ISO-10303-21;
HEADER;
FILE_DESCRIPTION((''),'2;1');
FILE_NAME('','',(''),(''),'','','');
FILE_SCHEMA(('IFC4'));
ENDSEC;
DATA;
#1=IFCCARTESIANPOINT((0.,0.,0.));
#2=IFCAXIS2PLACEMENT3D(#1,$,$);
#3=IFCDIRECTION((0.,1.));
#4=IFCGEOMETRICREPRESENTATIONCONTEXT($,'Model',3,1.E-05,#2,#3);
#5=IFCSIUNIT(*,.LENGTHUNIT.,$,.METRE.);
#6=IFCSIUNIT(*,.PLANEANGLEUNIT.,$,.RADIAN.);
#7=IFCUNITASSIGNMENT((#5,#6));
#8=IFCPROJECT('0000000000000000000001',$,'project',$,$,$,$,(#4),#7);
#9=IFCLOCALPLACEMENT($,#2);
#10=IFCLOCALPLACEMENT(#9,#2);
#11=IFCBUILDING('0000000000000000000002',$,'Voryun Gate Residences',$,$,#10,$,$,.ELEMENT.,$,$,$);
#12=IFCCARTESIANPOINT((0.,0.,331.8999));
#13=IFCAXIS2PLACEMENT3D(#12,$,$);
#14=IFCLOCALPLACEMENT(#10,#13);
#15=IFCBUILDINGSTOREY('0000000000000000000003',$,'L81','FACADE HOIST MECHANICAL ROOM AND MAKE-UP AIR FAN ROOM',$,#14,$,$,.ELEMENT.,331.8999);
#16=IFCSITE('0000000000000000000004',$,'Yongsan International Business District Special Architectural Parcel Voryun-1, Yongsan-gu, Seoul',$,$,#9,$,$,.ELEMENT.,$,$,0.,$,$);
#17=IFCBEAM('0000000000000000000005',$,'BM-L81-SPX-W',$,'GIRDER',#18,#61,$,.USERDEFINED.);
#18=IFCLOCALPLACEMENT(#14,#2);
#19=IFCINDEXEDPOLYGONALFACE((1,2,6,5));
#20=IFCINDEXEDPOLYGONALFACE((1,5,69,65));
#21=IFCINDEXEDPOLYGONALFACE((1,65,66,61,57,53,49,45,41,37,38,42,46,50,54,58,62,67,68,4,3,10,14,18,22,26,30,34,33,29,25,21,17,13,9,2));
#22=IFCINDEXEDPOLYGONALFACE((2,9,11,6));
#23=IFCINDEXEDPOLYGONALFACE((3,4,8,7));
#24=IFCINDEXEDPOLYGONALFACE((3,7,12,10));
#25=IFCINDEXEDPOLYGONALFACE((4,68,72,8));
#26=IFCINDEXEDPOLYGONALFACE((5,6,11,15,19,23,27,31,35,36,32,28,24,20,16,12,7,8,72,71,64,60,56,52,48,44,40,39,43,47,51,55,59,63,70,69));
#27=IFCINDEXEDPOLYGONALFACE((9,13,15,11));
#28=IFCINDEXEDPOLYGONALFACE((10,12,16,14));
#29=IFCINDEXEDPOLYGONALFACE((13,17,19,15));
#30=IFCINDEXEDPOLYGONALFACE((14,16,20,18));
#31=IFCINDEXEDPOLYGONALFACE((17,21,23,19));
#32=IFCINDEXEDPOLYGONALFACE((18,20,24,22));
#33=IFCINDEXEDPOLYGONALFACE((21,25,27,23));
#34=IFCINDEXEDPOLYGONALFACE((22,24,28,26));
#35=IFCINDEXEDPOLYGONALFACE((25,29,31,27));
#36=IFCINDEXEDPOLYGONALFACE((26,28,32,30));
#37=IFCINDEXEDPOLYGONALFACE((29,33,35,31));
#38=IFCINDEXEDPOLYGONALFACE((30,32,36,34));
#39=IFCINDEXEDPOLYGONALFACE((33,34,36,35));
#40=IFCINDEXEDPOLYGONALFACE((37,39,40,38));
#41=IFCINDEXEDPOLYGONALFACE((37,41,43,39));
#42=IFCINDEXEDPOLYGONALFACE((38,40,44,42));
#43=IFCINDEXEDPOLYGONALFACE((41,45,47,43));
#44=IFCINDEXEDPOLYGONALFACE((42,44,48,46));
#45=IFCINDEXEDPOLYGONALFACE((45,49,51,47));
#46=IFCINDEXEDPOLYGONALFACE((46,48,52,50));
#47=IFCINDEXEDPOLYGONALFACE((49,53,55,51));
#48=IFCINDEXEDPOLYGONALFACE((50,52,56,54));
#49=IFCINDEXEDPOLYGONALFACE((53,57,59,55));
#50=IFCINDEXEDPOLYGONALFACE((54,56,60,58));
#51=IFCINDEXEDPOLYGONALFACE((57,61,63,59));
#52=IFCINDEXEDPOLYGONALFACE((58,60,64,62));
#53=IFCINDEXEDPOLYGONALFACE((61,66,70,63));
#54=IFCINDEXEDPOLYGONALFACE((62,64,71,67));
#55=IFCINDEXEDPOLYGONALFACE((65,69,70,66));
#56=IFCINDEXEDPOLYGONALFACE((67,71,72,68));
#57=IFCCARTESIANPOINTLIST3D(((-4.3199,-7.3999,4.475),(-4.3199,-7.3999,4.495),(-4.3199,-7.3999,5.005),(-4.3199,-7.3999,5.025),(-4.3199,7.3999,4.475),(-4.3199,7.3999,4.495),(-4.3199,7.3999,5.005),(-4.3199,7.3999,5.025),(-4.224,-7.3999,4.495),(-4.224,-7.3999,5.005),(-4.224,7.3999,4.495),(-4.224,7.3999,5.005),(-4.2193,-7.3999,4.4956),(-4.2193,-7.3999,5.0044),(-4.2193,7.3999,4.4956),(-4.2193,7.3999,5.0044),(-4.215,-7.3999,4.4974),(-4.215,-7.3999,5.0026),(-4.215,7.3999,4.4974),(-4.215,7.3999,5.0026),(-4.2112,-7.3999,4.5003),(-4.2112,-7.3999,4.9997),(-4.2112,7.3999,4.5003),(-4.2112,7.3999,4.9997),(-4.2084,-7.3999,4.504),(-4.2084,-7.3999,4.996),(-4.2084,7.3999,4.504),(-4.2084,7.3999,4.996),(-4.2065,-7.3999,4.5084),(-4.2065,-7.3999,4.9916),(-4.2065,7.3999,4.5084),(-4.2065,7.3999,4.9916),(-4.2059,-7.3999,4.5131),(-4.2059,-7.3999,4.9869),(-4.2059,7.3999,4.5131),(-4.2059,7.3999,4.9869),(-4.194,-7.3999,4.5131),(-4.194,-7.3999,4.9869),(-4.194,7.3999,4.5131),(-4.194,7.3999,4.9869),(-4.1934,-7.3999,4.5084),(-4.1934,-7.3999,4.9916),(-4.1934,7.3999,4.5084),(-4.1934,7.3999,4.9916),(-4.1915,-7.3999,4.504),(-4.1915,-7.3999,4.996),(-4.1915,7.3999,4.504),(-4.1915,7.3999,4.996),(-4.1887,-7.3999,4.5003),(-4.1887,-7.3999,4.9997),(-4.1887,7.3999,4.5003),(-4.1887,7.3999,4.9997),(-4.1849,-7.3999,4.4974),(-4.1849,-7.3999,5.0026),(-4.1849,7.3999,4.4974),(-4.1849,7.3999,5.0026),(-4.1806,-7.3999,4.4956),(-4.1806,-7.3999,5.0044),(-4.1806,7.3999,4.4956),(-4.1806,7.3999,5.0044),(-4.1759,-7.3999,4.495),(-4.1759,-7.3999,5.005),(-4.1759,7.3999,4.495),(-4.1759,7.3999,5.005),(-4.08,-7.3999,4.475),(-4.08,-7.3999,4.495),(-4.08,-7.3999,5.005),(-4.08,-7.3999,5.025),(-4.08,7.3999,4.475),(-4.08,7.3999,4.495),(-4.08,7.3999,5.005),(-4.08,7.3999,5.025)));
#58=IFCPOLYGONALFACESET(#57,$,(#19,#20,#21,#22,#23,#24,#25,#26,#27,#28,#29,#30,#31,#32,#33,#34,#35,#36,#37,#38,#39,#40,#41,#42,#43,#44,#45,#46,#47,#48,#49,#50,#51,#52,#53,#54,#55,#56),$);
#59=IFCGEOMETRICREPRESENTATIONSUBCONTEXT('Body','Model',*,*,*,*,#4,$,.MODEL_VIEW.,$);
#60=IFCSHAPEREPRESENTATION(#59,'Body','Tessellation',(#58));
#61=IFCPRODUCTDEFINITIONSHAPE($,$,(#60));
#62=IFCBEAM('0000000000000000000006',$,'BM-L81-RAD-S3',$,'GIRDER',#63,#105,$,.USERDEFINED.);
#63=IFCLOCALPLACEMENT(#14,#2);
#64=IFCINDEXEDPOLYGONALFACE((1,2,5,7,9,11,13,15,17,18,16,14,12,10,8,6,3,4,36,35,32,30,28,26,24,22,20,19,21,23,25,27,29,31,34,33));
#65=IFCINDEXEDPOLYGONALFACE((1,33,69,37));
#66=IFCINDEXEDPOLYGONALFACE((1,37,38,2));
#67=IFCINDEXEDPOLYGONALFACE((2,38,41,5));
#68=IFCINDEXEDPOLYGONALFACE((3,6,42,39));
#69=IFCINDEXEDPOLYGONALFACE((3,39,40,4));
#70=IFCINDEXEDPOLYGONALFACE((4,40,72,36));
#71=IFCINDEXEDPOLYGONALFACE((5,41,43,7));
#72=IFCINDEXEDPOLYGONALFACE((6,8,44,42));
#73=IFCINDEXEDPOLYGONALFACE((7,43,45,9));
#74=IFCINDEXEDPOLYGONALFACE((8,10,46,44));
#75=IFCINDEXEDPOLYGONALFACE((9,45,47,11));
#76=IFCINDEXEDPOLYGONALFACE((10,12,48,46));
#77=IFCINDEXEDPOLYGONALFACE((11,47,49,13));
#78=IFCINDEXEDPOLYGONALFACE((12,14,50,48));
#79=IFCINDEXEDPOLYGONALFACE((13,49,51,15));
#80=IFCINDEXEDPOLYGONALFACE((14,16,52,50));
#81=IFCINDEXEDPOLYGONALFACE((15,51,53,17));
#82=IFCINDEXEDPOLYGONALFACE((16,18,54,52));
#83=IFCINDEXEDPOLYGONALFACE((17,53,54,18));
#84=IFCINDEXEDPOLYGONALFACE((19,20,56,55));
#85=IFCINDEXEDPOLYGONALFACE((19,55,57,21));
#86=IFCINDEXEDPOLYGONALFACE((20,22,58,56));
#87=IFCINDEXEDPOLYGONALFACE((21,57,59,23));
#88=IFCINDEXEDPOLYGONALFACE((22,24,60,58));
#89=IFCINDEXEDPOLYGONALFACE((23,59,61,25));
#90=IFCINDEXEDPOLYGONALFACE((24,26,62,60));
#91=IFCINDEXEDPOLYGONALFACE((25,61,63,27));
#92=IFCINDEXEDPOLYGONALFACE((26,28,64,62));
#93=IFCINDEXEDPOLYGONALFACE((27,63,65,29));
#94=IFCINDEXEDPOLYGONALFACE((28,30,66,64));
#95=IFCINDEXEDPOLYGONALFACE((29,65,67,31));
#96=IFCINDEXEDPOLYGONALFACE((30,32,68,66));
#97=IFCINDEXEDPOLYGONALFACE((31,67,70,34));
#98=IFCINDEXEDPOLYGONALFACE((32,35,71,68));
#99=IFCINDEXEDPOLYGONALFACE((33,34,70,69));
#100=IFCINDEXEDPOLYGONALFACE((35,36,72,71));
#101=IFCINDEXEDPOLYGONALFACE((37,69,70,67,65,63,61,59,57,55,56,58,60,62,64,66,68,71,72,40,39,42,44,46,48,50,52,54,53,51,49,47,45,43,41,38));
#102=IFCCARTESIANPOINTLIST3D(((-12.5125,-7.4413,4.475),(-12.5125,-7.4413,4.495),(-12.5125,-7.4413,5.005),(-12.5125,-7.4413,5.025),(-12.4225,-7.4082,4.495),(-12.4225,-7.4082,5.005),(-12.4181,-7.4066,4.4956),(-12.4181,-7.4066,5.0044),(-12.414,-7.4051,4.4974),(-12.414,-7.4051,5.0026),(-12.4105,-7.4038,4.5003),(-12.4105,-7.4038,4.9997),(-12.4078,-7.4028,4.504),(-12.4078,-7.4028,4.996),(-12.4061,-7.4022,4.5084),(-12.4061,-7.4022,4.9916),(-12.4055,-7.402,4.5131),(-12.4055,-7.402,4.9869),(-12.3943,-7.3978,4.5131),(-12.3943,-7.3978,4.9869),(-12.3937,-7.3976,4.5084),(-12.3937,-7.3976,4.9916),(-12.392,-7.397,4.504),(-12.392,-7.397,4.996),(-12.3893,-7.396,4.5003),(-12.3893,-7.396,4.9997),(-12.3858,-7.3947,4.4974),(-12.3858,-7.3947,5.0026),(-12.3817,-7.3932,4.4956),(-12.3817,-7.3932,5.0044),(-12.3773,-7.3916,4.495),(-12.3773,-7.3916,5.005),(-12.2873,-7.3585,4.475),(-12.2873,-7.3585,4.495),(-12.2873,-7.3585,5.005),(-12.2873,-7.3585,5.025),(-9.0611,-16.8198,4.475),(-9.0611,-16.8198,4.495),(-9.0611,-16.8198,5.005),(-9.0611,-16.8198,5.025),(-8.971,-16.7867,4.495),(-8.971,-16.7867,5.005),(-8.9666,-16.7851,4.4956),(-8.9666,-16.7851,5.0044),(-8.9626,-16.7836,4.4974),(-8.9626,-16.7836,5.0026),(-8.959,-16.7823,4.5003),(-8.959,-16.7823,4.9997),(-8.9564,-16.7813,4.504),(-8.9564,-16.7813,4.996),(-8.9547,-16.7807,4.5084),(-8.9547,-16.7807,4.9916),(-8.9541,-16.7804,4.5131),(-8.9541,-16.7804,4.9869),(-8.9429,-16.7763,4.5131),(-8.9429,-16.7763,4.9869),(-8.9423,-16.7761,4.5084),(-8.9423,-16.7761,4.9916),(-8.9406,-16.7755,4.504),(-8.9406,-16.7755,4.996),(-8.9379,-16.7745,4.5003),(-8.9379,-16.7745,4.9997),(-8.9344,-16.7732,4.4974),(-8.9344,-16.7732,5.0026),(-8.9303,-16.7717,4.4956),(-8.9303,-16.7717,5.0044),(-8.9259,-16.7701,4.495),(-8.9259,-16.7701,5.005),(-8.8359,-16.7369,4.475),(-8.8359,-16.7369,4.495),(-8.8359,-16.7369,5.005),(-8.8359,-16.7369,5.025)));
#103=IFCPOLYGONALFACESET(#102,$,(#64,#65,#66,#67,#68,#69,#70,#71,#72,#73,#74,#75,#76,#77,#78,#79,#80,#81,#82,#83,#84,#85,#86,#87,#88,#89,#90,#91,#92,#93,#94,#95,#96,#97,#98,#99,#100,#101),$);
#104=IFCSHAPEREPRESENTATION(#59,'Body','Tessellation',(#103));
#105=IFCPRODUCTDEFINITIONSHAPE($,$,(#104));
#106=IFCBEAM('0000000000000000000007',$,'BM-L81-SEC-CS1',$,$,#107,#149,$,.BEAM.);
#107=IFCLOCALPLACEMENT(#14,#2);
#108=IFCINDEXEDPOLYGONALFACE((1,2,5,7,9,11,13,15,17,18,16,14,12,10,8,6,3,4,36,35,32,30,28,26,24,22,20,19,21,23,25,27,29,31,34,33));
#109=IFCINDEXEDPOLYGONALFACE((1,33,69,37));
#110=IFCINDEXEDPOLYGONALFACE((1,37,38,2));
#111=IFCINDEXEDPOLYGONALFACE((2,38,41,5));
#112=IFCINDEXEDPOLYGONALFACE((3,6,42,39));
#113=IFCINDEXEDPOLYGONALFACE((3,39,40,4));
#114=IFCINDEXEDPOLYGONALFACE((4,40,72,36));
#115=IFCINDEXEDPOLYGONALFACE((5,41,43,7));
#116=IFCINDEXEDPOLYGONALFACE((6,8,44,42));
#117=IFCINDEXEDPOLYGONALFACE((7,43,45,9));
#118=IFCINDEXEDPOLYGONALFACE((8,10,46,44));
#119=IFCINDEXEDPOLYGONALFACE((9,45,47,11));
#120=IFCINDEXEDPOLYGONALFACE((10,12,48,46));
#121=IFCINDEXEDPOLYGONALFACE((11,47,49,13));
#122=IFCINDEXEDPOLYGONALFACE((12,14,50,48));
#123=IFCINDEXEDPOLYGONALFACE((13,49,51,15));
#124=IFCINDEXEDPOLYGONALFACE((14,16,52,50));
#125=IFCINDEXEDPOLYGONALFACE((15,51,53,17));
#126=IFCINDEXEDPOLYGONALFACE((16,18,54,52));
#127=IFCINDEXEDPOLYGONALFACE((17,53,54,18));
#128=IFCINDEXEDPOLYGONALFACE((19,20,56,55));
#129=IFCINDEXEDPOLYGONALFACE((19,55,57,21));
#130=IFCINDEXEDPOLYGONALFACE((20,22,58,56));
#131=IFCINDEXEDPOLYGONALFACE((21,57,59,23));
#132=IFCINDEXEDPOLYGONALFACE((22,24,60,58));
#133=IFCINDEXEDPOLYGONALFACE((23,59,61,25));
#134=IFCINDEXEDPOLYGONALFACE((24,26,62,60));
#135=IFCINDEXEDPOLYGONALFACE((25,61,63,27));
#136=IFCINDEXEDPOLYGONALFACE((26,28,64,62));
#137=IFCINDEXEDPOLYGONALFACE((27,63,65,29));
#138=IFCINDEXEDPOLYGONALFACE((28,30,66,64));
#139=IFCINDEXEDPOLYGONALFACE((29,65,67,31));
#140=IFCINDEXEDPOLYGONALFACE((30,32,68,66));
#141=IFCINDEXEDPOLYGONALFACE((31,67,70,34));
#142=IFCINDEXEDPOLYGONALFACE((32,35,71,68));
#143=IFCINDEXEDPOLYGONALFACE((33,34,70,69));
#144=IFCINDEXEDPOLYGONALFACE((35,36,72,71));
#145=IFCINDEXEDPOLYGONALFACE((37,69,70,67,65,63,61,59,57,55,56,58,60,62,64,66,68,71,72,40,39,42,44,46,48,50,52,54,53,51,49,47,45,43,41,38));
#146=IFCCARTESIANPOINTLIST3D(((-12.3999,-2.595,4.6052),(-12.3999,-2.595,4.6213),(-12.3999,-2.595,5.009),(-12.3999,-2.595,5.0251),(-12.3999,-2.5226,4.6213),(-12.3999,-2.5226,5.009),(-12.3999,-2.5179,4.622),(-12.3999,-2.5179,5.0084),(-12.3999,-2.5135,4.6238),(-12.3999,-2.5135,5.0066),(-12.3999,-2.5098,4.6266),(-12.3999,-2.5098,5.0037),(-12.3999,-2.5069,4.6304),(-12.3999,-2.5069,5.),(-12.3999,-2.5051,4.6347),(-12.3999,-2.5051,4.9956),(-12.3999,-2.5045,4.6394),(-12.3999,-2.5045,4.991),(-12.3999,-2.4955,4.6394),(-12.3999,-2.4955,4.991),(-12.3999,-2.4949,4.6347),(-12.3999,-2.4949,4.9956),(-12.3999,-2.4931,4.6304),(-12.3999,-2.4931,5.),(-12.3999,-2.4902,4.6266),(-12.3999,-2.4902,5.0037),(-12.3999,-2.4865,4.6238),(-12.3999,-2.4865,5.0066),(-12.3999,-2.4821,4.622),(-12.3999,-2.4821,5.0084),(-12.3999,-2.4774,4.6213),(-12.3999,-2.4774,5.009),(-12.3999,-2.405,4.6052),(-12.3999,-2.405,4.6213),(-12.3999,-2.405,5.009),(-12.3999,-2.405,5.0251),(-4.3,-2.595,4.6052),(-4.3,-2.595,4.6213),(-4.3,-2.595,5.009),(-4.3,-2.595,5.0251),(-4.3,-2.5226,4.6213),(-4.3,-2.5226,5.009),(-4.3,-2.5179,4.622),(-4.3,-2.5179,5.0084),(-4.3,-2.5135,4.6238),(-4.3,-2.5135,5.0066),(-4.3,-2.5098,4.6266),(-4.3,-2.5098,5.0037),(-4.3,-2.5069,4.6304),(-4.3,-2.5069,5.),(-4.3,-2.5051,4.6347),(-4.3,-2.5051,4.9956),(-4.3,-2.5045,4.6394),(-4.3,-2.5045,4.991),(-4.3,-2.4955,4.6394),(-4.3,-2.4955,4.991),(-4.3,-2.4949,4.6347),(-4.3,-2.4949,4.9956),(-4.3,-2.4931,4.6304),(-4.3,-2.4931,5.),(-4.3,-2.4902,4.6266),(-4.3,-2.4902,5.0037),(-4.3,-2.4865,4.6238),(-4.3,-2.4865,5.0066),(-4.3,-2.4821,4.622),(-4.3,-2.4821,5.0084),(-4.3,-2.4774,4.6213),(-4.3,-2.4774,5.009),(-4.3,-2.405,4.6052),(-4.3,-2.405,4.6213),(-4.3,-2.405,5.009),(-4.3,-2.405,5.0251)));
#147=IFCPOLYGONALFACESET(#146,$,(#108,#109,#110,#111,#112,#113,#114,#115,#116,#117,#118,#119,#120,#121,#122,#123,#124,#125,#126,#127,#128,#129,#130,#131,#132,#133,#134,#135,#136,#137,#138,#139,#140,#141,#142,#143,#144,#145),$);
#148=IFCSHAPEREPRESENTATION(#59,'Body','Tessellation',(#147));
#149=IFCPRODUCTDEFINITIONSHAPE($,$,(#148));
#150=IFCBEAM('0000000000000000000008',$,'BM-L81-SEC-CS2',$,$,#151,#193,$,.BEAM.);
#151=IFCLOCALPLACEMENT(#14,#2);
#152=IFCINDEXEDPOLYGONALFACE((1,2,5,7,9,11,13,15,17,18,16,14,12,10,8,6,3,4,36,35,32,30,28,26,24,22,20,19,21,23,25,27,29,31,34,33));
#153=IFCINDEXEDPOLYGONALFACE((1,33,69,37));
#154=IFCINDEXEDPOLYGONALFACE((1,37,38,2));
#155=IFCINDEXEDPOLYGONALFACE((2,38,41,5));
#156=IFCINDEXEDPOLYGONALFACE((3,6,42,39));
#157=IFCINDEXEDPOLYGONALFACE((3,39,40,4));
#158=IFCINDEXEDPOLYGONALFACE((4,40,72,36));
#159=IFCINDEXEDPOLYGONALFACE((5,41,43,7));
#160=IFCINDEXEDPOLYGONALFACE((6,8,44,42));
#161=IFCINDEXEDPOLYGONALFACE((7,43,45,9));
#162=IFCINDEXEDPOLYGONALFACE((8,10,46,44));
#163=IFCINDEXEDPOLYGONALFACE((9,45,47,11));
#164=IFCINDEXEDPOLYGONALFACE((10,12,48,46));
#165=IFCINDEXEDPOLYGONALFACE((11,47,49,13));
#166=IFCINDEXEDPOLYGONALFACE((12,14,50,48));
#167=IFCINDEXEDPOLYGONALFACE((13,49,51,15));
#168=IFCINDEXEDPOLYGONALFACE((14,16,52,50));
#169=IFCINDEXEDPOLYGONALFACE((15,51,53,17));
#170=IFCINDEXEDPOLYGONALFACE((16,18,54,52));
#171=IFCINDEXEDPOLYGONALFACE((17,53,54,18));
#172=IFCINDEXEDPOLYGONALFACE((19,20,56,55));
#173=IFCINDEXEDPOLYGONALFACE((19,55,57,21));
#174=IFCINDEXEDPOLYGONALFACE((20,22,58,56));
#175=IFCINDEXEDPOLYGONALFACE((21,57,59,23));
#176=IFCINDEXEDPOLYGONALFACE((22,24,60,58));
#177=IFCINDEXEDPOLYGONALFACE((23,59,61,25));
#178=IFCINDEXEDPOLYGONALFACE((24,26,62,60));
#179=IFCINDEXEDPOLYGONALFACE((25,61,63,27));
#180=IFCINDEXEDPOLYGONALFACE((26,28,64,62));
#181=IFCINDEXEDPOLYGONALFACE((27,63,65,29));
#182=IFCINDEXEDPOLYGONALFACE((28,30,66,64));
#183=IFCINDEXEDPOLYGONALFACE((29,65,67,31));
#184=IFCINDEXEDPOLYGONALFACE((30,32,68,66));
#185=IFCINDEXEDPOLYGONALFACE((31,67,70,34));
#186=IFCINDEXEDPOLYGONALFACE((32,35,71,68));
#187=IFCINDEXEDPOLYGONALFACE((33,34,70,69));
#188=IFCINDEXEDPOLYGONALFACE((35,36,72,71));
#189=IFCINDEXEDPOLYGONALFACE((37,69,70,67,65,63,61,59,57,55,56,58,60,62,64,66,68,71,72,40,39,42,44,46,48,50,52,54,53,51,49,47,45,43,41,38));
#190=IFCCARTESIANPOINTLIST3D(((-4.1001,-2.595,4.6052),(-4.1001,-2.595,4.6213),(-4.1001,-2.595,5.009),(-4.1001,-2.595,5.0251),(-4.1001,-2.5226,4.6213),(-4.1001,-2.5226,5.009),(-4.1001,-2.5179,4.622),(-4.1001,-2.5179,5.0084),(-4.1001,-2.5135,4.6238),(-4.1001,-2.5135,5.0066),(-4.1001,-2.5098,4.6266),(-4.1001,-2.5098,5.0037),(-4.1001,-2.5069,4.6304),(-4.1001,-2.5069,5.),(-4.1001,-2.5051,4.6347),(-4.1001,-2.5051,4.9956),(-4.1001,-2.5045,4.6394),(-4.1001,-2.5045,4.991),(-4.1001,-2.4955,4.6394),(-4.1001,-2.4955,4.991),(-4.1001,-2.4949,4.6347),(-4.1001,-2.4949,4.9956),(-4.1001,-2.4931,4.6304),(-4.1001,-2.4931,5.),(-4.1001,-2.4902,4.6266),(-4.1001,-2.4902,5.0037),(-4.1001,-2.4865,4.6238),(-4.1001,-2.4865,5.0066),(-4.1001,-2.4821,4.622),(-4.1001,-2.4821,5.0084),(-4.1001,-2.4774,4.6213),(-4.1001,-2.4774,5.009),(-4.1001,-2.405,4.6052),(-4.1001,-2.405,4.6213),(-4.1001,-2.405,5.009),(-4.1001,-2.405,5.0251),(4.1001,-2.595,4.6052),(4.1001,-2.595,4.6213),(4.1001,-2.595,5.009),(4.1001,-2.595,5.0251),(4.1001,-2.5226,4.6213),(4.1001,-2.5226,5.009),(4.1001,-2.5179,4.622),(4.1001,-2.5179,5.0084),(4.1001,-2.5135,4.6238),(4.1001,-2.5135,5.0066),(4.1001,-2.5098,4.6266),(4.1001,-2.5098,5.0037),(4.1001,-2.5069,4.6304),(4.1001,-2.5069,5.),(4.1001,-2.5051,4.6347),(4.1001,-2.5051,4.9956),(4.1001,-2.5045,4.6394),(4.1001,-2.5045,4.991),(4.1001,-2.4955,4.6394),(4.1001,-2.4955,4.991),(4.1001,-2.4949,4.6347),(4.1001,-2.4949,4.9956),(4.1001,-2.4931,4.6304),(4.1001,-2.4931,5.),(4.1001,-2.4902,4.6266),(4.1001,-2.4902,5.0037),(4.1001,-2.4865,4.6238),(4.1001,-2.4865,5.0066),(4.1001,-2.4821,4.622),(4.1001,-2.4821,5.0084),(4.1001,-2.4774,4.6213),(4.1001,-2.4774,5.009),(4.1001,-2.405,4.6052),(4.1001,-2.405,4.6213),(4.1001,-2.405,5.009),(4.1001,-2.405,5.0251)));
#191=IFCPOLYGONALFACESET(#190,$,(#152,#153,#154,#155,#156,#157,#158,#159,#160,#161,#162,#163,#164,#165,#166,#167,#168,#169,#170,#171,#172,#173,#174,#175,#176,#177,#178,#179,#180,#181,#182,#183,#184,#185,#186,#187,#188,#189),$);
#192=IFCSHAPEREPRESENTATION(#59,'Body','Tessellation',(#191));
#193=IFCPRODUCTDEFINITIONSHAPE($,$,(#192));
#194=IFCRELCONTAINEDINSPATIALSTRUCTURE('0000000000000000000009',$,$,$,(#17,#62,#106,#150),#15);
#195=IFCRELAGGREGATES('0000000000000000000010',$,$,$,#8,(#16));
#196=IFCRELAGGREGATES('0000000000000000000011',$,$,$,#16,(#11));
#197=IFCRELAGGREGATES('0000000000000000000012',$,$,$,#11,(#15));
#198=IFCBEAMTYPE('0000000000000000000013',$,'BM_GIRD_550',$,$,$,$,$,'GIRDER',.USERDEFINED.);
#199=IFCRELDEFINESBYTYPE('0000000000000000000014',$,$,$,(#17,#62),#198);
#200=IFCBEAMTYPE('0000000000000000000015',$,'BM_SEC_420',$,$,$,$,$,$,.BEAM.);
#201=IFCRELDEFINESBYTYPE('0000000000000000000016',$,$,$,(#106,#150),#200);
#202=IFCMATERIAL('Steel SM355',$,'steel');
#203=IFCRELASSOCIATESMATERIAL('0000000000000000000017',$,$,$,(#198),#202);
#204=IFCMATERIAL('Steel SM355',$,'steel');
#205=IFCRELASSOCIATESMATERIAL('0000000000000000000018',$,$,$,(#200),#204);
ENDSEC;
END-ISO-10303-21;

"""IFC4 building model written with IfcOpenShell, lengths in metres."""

from ifc_helpers import new_model, si_unit, direction, frame, origin, origin_2d, place, context, subcontext, project, spatial, i_section, extrude, material, material_profile, profile_set, type_object, element, save


model = new_model("IFC4")

# Units and contexts
model_context = context("Model", 3, precision=1e-05, world=origin(), true_north=direction((0.0, 1.0)))
body_context = subcontext(model_context, "Body", "Model", "MODEL_VIEW")
ifc_project = project(units=[si_unit("LENGTHUNIT", "METRE"), si_unit("PLANEANGLEUNIT", "RADIAN")], contexts=[model_context])

# Site, building, storey
site_placement = place(None, origin())
site = spatial("IfcSite", under=ifc_project, at=site_placement, Name="Yongsan International Business District Special Architectural Parcel Voryun-1, Yongsan-gu, Seoul", CompositionType="ELEMENT", RefElevation=0.0)
building_placement = place(site_placement, origin())
building = spatial("IfcBuilding", under=site, at=building_placement, Name="Voryun Gate Residences", CompositionType="ELEMENT")
storey_placement = place(building_placement, frame((0.0, 0.0, 331.8999)))
storey = spatial("IfcBuildingStorey", under=building, at=storey_placement, Name="L81", Description="FACADE HOIST MECHANICAL ROOM AND MAKE-UP AIR FAN ROOM", CompositionType="ELEMENT", Elevation=331.8999)

# Beams
ifc_material_1 = material(Name="Steel SM355", Category="steel")
ifc_material_profile_1 = material_profile(ifc_material_1, i_section(OverallWidth=0.24, OverallDepth=0.55, WebThickness=0.012, FlangeThickness=0.02, FilletRadius=0.0181, at=origin_2d()), Name="H-550x240x12x20")
ifc_profile_set_1 = profile_set([ifc_material_profile_1], Name="Steel SM355")
beam_type_1 = type_object("IfcBeamType", Name="BM_GIRD_550", ElementType="GIRDER", PredefinedType="USERDEFINED", material=ifc_profile_set_1)
beam_1_placement = place(storey_placement, frame((-4.2, -7.3999, 4.75), z_axis=(0.0, 1.0, 0.0), x_axis=(-1.0, 0.0, 0.0)))
element("IfcBeam", 1, at=beam_1_placement, inside=storey, type_object=beam_type_1, Name="BM-L81-SPX-W", ObjectType="GIRDER", PredefinedType="USERDEFINED", context=body_context, shape_type="SweptSolid", body=[
    extrude(i_section(OverallWidth=0.24, OverallDepth=0.55, WebThickness=0.012, FlangeThickness=0.02, FilletRadius=0.0181, at=origin_2d()), origin(), (0.0, 0.0, 1.0), 14.7998),
])
beam_2_placement = place(storey_placement, frame((-12.3999, -7.3999, 4.75), z_axis=(0.345371, -0.938466, 0.0), x_axis=(0.938466, 0.345371, 0.0)))
element("IfcBeam", 2, at=beam_2_placement, inside=storey, type_object=beam_type_1, Name="BM-L81-RAD-S3", ObjectType="GIRDER", PredefinedType="USERDEFINED", context=body_context, shape_type="SweptSolid", body=[
    extrude(i_section(OverallWidth=0.24, OverallDepth=0.55, WebThickness=0.012, FlangeThickness=0.02, FilletRadius=0.0181, at=origin_2d()), origin(), (0.0, 0.0, 1.0), 9.9934),
])
ifc_material_2 = material(Name="Steel SM355", Category="steel")
ifc_material_profile_2 = material_profile(ifc_material_2, i_section(OverallWidth=0.1899, OverallDepth=0.4199, WebThickness=0.009, FlangeThickness=0.0161, FilletRadius=0.0181, at=origin_2d()), Name="H-420x190x9x16")
ifc_profile_set_2 = profile_set([ifc_material_profile_2], Name="Steel SM355")
beam_type_2 = type_object("IfcBeamType", Name="BM_SEC_420", PredefinedType="BEAM", material=ifc_profile_set_2)
beam_3_placement = place(storey_placement, frame((-12.3999, -2.5, 4.8152), z_axis=(1.0, 0.0, 0.0), x_axis=(0.0, 1.0, 0.0)))
element("IfcBeam", 3, at=beam_3_placement, inside=storey, type_object=beam_type_2, Name="BM-L81-SEC-CS1", PredefinedType="BEAM", context=body_context, shape_type="SweptSolid", body=[
    extrude(i_section(OverallWidth=0.1899, OverallDepth=0.4199, WebThickness=0.009, FlangeThickness=0.0161, FilletRadius=0.0181, at=origin_2d()), origin(), (0.0, 0.0, 1.0), 8.0999),
])
beam_4_placement = place(storey_placement, frame((-4.1001, -2.5, 4.8152), z_axis=(1.0, 0.0, 0.0), x_axis=(0.0, 1.0, 0.0)))
element("IfcBeam", 4, at=beam_4_placement, inside=storey, type_object=beam_type_2, Name="BM-L81-SEC-CS2", PredefinedType="BEAM", context=body_context, shape_type="SweptSolid", body=[
    extrude(i_section(OverallWidth=0.1899, OverallDepth=0.4199, WebThickness=0.009, FlangeThickness=0.0161, FilletRadius=0.0181, at=origin_2d()), origin(), (0.0, 0.0, 1.0), 8.2002),
])

save(model, "model.ifc")
